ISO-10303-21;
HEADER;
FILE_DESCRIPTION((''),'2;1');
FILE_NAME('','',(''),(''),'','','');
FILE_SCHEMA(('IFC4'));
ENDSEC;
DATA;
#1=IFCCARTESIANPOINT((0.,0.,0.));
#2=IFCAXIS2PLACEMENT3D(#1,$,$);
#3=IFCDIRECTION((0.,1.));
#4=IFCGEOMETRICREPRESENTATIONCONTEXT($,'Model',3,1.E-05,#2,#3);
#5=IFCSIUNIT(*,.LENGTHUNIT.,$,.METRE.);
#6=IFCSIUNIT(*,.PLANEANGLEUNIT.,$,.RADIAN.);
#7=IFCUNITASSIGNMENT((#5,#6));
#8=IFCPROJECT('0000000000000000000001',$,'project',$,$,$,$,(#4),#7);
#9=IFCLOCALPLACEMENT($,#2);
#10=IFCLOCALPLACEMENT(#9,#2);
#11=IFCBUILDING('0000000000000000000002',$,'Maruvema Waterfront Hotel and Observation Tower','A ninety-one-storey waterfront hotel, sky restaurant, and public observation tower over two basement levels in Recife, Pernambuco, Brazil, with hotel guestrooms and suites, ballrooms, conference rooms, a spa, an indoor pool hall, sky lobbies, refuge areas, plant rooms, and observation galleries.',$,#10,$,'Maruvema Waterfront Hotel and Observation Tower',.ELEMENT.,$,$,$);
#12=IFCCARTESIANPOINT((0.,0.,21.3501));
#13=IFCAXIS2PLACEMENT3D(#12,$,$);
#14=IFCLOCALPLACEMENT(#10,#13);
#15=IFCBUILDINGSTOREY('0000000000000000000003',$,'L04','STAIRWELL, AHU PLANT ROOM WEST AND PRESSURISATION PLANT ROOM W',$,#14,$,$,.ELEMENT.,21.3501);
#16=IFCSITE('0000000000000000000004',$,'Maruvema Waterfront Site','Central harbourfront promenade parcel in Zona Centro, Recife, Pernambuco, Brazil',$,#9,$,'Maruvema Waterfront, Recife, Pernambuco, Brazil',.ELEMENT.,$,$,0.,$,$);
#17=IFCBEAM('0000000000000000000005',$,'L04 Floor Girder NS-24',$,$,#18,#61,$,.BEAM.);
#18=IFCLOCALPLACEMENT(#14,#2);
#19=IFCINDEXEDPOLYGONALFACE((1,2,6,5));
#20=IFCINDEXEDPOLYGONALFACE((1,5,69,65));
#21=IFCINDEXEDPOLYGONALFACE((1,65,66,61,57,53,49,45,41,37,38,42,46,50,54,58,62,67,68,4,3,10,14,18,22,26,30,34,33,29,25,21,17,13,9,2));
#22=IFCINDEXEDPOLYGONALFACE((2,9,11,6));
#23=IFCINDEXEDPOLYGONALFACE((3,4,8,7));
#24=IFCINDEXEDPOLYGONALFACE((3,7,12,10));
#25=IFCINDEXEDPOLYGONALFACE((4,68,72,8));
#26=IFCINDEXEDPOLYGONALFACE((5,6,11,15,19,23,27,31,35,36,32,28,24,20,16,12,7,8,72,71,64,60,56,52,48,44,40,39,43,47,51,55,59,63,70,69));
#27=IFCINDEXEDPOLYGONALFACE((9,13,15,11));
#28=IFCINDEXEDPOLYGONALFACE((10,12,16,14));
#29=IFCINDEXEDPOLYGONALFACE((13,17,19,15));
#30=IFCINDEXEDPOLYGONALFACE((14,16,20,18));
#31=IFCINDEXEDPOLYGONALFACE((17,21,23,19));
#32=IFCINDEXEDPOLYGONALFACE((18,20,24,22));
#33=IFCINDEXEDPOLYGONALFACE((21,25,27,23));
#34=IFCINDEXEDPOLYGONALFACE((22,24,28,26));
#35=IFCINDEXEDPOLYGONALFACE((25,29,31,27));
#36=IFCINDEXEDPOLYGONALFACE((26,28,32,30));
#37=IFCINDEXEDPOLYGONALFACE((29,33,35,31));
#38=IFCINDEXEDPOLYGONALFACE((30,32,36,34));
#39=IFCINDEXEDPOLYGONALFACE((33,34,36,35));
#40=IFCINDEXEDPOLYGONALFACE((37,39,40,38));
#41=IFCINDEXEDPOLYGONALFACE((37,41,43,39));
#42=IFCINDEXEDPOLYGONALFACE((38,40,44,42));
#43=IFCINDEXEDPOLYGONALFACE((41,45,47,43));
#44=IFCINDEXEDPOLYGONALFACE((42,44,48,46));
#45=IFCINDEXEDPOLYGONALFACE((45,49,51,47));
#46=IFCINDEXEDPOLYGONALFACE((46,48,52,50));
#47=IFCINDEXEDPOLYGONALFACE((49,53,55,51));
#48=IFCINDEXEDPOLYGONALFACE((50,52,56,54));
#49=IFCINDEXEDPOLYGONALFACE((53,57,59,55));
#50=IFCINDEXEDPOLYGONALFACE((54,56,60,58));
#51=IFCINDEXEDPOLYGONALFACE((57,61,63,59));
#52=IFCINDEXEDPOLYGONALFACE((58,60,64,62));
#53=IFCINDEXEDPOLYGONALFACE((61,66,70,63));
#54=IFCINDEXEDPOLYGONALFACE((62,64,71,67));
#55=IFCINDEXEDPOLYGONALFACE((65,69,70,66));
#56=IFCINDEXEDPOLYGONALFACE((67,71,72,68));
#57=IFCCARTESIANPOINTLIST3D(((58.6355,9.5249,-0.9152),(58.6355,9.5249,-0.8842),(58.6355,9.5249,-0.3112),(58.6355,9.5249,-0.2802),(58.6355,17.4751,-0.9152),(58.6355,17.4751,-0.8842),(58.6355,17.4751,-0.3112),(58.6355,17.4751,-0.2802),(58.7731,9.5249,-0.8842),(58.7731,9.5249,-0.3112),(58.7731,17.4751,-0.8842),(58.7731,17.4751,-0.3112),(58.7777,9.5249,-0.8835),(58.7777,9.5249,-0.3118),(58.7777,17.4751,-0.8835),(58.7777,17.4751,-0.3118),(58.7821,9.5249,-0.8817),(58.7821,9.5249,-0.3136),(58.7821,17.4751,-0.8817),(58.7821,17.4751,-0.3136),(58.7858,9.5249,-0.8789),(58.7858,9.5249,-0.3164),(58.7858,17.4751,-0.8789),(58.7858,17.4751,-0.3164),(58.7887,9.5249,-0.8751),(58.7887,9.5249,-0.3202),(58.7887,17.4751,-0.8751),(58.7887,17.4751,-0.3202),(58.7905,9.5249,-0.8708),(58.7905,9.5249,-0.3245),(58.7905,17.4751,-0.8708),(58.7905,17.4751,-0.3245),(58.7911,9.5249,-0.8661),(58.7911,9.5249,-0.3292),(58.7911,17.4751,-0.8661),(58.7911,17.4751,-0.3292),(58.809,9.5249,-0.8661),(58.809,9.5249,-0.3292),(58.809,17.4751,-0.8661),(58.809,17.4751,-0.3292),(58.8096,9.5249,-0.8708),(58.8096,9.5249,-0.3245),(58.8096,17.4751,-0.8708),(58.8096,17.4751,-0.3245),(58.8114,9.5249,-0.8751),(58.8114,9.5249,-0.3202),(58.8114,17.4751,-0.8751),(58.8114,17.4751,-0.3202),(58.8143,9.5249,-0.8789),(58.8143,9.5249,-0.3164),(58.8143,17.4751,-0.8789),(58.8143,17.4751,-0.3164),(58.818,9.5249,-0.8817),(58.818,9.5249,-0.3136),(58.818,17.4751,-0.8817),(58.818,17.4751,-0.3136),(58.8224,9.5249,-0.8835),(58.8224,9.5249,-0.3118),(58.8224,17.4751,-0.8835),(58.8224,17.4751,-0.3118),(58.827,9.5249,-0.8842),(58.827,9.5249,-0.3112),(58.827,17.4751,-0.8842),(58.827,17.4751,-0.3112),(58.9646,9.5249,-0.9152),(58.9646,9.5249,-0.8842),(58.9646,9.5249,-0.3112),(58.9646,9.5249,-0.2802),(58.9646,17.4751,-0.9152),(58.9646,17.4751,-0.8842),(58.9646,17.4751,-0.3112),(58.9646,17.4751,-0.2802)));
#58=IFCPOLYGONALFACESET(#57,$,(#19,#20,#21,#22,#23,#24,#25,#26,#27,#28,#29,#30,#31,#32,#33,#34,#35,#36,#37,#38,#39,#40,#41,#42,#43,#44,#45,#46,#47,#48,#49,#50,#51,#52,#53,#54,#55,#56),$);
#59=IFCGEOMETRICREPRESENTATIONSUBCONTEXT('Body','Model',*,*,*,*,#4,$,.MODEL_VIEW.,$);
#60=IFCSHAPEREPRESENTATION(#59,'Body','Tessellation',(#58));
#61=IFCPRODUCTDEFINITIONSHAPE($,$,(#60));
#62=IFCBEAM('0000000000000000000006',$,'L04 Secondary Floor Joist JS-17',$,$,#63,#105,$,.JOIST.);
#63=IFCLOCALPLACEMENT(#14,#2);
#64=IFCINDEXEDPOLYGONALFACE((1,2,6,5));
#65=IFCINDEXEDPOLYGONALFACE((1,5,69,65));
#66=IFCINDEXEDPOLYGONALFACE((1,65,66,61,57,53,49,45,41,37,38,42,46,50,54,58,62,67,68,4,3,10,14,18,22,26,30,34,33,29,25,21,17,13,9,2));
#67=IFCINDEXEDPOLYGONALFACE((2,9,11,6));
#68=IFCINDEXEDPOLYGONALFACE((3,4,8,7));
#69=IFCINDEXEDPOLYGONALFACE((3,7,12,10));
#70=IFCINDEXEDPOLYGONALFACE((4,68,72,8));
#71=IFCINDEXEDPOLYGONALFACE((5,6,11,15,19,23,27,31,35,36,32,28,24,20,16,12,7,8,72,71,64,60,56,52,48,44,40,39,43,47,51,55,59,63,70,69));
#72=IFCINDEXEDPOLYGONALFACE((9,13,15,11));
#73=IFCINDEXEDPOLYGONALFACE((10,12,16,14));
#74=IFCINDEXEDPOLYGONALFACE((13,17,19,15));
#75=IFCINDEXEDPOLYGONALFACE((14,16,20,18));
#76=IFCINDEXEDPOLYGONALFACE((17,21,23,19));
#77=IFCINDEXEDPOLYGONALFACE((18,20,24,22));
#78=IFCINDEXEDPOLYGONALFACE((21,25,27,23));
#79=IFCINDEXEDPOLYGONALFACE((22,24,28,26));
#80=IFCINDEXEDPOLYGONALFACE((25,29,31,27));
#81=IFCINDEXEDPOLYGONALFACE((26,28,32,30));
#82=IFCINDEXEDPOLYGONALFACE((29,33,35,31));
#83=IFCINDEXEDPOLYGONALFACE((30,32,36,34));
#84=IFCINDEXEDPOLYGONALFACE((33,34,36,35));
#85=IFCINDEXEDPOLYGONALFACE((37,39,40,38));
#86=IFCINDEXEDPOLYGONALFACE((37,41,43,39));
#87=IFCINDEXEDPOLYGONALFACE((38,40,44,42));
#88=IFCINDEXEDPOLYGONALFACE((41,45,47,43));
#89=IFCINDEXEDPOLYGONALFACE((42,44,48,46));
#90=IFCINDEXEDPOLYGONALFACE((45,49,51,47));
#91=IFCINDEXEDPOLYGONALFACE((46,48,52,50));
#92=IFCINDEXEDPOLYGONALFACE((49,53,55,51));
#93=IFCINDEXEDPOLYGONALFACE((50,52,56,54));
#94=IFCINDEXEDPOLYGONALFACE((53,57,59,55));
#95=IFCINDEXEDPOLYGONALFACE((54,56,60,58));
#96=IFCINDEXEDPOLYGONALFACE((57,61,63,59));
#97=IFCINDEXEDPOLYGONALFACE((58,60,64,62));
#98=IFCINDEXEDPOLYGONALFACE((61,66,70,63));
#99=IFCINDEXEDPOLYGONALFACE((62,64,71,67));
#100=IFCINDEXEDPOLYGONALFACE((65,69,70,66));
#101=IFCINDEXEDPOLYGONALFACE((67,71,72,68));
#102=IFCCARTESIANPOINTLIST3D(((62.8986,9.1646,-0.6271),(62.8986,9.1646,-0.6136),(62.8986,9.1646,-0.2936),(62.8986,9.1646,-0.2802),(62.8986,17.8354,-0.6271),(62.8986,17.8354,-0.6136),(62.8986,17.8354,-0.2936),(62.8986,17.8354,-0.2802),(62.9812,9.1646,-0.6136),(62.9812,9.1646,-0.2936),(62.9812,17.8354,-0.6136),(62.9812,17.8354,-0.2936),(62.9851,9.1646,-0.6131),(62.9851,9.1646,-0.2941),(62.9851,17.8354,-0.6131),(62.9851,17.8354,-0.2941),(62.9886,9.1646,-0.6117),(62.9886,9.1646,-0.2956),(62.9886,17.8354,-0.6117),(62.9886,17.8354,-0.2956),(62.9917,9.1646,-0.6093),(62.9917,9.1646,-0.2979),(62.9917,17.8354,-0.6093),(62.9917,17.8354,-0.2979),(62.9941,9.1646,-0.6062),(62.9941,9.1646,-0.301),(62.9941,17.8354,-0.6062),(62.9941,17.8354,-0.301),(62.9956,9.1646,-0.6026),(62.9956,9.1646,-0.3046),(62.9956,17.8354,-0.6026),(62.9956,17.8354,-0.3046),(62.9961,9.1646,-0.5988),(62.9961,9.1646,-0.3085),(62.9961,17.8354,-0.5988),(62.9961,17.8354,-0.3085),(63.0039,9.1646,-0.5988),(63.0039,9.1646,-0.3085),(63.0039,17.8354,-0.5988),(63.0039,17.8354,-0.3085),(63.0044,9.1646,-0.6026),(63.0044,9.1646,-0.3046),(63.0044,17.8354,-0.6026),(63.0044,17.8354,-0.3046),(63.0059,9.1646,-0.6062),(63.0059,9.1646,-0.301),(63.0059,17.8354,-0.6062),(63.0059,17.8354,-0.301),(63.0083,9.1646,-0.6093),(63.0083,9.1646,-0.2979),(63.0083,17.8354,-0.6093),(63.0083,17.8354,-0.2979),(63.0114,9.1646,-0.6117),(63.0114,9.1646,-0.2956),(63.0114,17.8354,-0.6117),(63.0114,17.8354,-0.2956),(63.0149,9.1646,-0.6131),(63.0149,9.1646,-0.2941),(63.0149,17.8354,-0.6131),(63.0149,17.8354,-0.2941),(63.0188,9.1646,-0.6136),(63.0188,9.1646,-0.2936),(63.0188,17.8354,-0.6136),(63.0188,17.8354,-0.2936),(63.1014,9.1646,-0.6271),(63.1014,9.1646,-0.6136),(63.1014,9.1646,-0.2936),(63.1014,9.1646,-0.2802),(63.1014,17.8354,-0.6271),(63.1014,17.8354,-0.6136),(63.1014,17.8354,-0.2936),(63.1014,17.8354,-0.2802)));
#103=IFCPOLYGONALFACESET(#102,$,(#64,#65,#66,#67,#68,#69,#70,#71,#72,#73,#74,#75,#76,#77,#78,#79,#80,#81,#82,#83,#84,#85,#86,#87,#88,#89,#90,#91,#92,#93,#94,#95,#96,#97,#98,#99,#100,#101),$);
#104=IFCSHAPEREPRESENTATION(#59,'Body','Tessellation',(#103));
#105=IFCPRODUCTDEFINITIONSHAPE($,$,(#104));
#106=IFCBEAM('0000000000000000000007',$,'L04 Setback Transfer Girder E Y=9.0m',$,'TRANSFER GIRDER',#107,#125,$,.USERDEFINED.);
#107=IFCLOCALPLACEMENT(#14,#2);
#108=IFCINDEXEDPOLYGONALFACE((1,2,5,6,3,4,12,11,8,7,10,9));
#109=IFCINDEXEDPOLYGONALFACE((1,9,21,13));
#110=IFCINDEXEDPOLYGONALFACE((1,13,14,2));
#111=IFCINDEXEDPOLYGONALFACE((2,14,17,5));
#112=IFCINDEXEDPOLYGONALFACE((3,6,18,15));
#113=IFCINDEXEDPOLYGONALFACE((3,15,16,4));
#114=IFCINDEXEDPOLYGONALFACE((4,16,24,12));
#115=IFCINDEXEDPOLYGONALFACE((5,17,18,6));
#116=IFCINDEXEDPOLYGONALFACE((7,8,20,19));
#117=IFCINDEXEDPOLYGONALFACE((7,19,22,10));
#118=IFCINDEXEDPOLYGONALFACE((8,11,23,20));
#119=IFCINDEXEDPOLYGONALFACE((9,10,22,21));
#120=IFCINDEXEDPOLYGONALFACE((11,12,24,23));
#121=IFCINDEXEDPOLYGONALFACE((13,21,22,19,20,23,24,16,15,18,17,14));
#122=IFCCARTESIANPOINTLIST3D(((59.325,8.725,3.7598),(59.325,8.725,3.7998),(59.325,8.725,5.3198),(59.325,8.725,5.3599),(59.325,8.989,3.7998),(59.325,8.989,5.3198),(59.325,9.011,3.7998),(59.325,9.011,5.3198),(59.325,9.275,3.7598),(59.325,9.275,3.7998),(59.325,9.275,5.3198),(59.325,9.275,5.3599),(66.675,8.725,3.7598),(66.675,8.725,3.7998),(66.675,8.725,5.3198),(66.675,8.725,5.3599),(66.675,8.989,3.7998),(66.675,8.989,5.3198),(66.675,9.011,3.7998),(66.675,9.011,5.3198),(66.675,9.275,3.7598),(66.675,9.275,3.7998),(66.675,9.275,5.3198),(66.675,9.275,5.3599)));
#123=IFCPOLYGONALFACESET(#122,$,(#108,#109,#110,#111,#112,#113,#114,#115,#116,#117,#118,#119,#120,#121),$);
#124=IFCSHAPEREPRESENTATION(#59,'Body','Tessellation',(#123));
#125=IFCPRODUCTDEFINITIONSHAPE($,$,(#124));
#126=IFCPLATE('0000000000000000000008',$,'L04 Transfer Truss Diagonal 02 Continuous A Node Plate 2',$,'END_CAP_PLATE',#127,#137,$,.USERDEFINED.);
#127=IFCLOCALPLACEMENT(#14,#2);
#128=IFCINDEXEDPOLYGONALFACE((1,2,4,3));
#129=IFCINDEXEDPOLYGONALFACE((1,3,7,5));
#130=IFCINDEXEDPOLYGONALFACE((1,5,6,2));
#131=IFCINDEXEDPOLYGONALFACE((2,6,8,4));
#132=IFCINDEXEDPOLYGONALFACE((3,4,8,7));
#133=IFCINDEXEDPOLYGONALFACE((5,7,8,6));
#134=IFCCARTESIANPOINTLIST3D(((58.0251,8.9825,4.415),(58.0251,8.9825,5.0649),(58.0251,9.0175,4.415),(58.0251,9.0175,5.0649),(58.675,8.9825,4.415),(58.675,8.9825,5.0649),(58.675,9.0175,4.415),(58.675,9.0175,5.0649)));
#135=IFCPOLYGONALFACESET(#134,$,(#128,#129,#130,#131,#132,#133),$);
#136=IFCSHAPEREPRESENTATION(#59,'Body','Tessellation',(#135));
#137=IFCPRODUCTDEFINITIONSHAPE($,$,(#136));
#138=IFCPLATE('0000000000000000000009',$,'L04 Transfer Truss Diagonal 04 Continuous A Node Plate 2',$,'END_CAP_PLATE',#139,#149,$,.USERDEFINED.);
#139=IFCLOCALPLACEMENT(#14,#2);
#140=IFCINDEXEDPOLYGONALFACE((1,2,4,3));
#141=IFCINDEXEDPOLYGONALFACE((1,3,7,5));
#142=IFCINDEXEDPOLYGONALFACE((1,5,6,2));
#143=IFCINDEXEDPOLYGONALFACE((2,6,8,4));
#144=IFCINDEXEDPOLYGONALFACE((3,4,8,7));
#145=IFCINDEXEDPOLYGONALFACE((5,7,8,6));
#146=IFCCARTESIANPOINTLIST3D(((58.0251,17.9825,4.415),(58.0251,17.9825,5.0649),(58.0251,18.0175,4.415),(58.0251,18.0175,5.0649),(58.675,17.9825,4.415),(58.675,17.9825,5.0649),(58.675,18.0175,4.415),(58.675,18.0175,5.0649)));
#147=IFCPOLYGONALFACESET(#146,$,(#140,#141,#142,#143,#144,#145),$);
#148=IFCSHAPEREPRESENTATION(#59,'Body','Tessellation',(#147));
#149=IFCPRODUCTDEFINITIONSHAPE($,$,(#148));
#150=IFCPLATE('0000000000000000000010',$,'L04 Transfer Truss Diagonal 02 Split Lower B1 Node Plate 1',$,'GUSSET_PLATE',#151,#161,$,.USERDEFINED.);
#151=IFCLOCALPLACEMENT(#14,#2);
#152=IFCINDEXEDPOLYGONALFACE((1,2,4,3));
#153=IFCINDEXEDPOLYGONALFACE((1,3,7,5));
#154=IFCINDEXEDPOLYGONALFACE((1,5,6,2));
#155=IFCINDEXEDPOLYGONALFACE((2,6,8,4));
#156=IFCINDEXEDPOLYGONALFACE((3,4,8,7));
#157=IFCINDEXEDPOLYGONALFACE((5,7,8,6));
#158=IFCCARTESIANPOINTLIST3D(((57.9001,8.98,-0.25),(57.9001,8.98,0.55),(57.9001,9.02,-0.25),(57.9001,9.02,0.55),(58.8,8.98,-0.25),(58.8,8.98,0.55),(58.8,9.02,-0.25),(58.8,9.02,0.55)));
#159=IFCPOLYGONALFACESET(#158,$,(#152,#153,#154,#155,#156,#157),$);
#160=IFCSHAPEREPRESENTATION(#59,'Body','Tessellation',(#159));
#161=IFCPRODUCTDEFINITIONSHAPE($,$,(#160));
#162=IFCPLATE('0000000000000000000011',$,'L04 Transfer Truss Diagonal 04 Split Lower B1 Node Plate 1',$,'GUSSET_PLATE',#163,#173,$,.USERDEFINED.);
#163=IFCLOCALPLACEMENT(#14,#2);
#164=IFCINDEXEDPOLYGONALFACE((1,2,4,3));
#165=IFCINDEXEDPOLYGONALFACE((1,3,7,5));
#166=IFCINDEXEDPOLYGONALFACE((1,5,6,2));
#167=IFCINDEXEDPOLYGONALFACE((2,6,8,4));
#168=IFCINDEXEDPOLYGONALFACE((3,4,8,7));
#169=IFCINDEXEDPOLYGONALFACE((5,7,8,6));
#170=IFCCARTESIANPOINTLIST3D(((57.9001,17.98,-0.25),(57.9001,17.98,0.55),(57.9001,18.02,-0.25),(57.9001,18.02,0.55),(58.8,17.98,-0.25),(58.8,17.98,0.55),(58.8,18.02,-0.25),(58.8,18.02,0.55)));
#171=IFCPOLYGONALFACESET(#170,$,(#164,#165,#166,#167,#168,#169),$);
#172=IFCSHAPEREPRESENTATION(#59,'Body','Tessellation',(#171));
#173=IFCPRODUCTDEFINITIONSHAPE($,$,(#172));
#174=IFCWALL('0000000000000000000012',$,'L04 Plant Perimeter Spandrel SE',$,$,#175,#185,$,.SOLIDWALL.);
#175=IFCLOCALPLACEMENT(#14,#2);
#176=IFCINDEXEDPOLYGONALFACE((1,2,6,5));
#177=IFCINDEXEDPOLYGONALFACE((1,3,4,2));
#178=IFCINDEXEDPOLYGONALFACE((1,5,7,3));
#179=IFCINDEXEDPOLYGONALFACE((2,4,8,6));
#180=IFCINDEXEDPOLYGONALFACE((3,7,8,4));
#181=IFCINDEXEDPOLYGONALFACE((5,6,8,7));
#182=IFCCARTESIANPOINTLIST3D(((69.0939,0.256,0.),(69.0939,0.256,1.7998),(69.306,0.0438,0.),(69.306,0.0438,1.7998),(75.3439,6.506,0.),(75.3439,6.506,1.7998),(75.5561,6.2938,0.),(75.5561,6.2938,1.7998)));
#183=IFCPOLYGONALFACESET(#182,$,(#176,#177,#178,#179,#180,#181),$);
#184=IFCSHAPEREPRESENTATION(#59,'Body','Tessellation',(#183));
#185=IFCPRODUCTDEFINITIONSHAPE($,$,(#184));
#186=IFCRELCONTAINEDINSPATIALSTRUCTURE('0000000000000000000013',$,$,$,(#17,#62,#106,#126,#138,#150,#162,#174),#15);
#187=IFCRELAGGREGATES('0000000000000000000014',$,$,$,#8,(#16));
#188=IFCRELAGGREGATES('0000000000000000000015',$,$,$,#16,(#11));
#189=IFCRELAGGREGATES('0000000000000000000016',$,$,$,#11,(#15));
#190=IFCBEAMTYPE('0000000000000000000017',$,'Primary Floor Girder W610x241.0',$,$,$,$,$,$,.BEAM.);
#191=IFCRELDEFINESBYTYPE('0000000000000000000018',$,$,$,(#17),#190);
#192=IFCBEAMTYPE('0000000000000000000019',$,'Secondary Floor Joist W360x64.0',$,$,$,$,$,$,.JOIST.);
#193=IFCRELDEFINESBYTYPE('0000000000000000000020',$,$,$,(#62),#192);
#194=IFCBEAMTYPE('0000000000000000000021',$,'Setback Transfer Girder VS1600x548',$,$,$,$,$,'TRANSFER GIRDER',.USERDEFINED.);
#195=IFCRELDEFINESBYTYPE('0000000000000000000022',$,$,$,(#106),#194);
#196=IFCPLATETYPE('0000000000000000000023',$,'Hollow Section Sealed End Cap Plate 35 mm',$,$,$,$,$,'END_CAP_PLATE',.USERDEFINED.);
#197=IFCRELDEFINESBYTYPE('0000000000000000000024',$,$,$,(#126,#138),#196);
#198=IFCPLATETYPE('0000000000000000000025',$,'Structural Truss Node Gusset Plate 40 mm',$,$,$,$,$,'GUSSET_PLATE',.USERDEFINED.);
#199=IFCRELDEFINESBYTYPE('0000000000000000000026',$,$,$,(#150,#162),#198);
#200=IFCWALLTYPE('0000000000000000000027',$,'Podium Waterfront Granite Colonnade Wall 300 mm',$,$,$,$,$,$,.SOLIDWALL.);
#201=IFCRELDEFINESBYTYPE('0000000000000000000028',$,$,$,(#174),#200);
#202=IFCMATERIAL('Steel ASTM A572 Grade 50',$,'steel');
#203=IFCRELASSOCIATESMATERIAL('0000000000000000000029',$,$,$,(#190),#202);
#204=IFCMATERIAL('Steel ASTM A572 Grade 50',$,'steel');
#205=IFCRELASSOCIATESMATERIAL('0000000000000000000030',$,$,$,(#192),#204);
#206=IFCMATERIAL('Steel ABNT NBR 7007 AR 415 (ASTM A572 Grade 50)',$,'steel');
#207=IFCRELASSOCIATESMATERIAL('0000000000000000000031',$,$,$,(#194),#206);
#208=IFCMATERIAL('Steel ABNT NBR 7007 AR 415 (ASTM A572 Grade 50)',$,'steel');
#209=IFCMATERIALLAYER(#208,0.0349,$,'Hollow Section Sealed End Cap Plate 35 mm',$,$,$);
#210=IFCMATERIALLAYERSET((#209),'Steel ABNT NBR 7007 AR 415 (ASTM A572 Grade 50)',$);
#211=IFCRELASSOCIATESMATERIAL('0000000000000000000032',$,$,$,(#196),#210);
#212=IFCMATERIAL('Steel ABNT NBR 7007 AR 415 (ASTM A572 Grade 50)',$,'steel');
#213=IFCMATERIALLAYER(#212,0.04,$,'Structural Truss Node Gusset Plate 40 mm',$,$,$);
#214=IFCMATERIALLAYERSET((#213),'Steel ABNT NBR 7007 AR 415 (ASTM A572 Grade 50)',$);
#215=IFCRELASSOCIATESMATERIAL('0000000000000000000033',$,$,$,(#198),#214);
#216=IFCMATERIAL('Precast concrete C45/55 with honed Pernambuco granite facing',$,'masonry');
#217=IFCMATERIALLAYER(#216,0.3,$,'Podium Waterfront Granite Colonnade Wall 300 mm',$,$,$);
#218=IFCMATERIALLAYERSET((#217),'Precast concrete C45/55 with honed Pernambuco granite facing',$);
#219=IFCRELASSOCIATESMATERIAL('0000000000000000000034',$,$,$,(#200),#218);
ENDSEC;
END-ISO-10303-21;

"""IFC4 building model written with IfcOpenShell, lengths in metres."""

from ifc_helpers import new_model, si_unit, direction, frame, frame_2d, origin, origin_2d, place, context, subcontext, project, spatial, rectangle, i_section, extrude, material, layer, layer_set, material_profile, profile_set, type_object, element, save


model = new_model("IFC4")

# Units and contexts
model_context = context("Model", 3, precision=1e-05, world=origin(), true_north=direction((0.0, 1.0)))
body_context = subcontext(model_context, "Body", "Model", "MODEL_VIEW")
ifc_project = project(units=[si_unit("LENGTHUNIT", "METRE"), si_unit("PLANEANGLEUNIT", "RADIAN")], contexts=[model_context])

# Site, building, storey
site_placement = place(None, origin())
site = spatial("IfcSite", under=ifc_project, at=site_placement, Name="Maruvema Waterfront Site", Description="Central harbourfront promenade parcel in Zona Centro, Recife, Pernambuco, Brazil", LongName="Maruvema Waterfront, Recife, Pernambuco, Brazil", CompositionType="ELEMENT", RefElevation=0.0)
building_placement = place(site_placement, origin())
building = spatial("IfcBuilding", under=site, at=building_placement, Name="Maruvema Waterfront Hotel and Observation Tower", Description="A ninety-one-storey waterfront hotel, sky restaurant, and public observation tower over two basement levels in Recife, Pernambuco, Brazil, with hotel guestrooms and suites, ballrooms, conference rooms, a spa, an indoor pool hall, sky lobbies, refuge areas, plant rooms, and observation galleries.", LongName="Maruvema Waterfront Hotel and Observation Tower", CompositionType="ELEMENT")
storey_placement = place(building_placement, frame((0.0, 0.0, 21.3501)))
storey = spatial("IfcBuildingStorey", under=building, at=storey_placement, Name="L04", Description="STAIRWELL, AHU PLANT ROOM WEST AND PRESSURISATION PLANT ROOM W", CompositionType="ELEMENT", Elevation=21.3501)

# Beams
ifc_material_1 = material(Name="Steel ASTM A572 Grade 50", Category="steel")
ifc_material_profile_1 = material_profile(ifc_material_1, i_section(OverallWidth=0.3291, OverallDepth=0.635, WebThickness=0.0178, FlangeThickness=0.031, FilletRadius=0.0181, at=origin_2d()), Name="W610x241.0")
ifc_profile_set_1 = profile_set([ifc_material_profile_1], Name="Steel ASTM A572 Grade 50")
beam_type_1 = type_object("IfcBeamType", Name="Primary Floor Girder W610x241.0", PredefinedType="BEAM", material=ifc_profile_set_1)
beam_1_placement = place(storey_placement, frame((58.8, 9.5249, -0.5977), z_axis=(0.0, 1.0, 0.0), x_axis=(-1.0, 0.0, 0.0)))
element("IfcBeam", 1, at=beam_1_placement, inside=storey, type_object=beam_type_1, Name="L04 Floor Girder NS-24", PredefinedType="BEAM", context=body_context, shape_type="SweptSolid", body=[
    extrude(i_section(OverallWidth=0.3291, OverallDepth=0.635, WebThickness=0.0178, FlangeThickness=0.031, FilletRadius=0.0181, at=origin_2d()), origin(), (0.0, 0.0, 1.0), 7.9502),
])
ifc_material_2 = material(Name="Steel ASTM A572 Grade 50", Category="steel")
ifc_material_profile_2 = material_profile(ifc_material_2, i_section(OverallWidth=0.2029, OverallDepth=0.3469, WebThickness=0.0078, FlangeThickness=0.0134, FilletRadius=0.0149, at=origin_2d()), Name="W360x64.0")
ifc_profile_set_2 = profile_set([ifc_material_profile_2], Name="Steel ASTM A572 Grade 50")
beam_type_2 = type_object("IfcBeamType", Name="Secondary Floor Joist W360x64.0", PredefinedType="JOIST", material=ifc_profile_set_2)
beam_2_placement = place(storey_placement, frame((63.0, 9.1646, -0.4536), z_axis=(0.0, 1.0, 0.0), x_axis=(-1.0, 0.0, 0.0)))
element("IfcBeam", 2, at=beam_2_placement, inside=storey, type_object=beam_type_2, Name="L04 Secondary Floor Joist JS-17", PredefinedType="JOIST", context=body_context, shape_type="SweptSolid", body=[
    extrude(i_section(OverallWidth=0.2029, OverallDepth=0.3469, WebThickness=0.0078, FlangeThickness=0.0134, FilletRadius=0.0149, at=origin_2d()), origin(), (0.0, 0.0, 1.0), 8.6709),
])
ifc_material_3 = material(Name="Steel ABNT NBR 7007 AR 415 (ASTM A572 Grade 50)", Category="steel")
ifc_material_profile_3 = material_profile(ifc_material_3, i_section(OverallWidth=0.55, OverallDepth=1.6001, WebThickness=0.022, FlangeThickness=0.04, at=origin_2d()), Name="VS1600x548")
ifc_profile_set_3 = profile_set([ifc_material_profile_3], Name="Steel ABNT NBR 7007 AR 415 (ASTM A572 Grade 50)")
beam_type_3 = type_object("IfcBeamType", Name="Setback Transfer Girder VS1600x548", ElementType="TRANSFER GIRDER", PredefinedType="USERDEFINED", material=ifc_profile_set_3)
beam_3_placement = place(storey_placement, frame((59.325, 9.0, 4.5598), z_axis=(1.0, 0.0, 0.0), x_axis=(0.0, 1.0, 0.0)))
element("IfcBeam", 3, at=beam_3_placement, inside=storey, type_object=beam_type_3, Name="L04 Setback Transfer Girder E Y=9.0m", ObjectType="TRANSFER GIRDER", PredefinedType="USERDEFINED", context=body_context, shape_type="SweptSolid", body=[
    extrude(i_section(OverallWidth=0.55, OverallDepth=1.6001, WebThickness=0.022, FlangeThickness=0.04, at=origin_2d()), origin(), (0.0, 0.0, 1.0), 7.3501),
])

# Plates
ifc_material_4 = material(Name="Steel ABNT NBR 7007 AR 415 (ASTM A572 Grade 50)", Category="steel")
ifc_layer_1 = layer(ifc_material_4, 0.0349, Name="Hollow Section Sealed End Cap Plate 35 mm")
ifc_layer_set_1 = layer_set([ifc_layer_1], Name="Steel ABNT NBR 7007 AR 415 (ASTM A572 Grade 50)")
plate_type_1 = type_object("IfcPlateType", Name="Hollow Section Sealed End Cap Plate 35 mm", ElementType="END_CAP_PLATE", PredefinedType="USERDEFINED", material=ifc_layer_set_1)
for number, where, z_axis, x_axis, name in (
    (4, (58.3501, 9.0, 4.415), (0.0, 0.0, 1.0), (1.0, 0.0, 0.0), "L04 Transfer Truss Diagonal 02 Continuous A Node Plate 2"),
    (5, (58.3501, 18.0, 4.415), (0.0, 0.0, 1.0), (1.0, 0.0, 0.0), "L04 Transfer Truss Diagonal 04 Continuous A Node Plate 2"),
):
    element("IfcPlate", number, at=place(storey_placement, frame(where, z_axis=z_axis, x_axis=x_axis)), inside=storey, type_object=plate_type_1, Name=name, ObjectType="END_CAP_PLATE", PredefinedType="USERDEFINED", context=body_context, shape_type="SweptSolid", body=[
        extrude(rectangle(XDim=0.6499, YDim=0.0349, at=origin_2d()), origin(), (0.0, 0.0, 1.0), 0.6499),
    ])
ifc_material_5 = material(Name="Steel ABNT NBR 7007 AR 415 (ASTM A572 Grade 50)", Category="steel")
ifc_layer_2 = layer(ifc_material_5, 0.04, Name="Structural Truss Node Gusset Plate 40 mm")
ifc_layer_set_2 = layer_set([ifc_layer_2], Name="Steel ABNT NBR 7007 AR 415 (ASTM A572 Grade 50)")
plate_type_2 = type_object("IfcPlateType", Name="Structural Truss Node Gusset Plate 40 mm", ElementType="GUSSET_PLATE", PredefinedType="USERDEFINED", material=ifc_layer_set_2)
for number, where, z_axis, x_axis, name in (
    (6, (58.3501, 9.0, -0.25), (0.0, 0.0, 1.0), (-1.0, 0.0, 0.0), "L04 Transfer Truss Diagonal 02 Split Lower B1 Node Plate 1"),
    (7, (58.3501, 18.0, -0.25), (0.0, 0.0, 1.0), (-1.0, 0.0, 0.0), "L04 Transfer Truss Diagonal 04 Split Lower B1 Node Plate 1"),
):
    element("IfcPlate", number, at=place(storey_placement, frame(where, z_axis=z_axis, x_axis=x_axis)), inside=storey, type_object=plate_type_2, Name=name, ObjectType="GUSSET_PLATE", PredefinedType="USERDEFINED", context=body_context, shape_type="SweptSolid", body=[
        extrude(rectangle(XDim=0.8999, YDim=0.04, at=origin_2d()), origin(), (0.0, 0.0, 1.0), 0.8),
    ])

# Wall
ifc_material_6 = material(Name="Precast concrete C45/55 with honed Pernambuco granite facing", Category="masonry")
ifc_layer_3 = layer(ifc_material_6, 0.3, Name="Podium Waterfront Granite Colonnade Wall 300 mm")
ifc_layer_set_3 = layer_set([ifc_layer_3], Name="Precast concrete C45/55 with honed Pernambuco granite facing")
wall_type = type_object("IfcWallType", Name="Podium Waterfront Granite Colonnade Wall 300 mm", PredefinedType="SOLIDWALL", material=ifc_layer_set_3)
wall_1_placement = place(storey_placement, frame((69.2, 0.1499, 0.0), z_axis=(0.0, 0.0, 1.0), x_axis=(0.707107, 0.707107, 0.0)))
element("IfcWall", 8, at=wall_1_placement, inside=storey, type_object=wall_type, Name="L04 Plant Perimeter Spandrel SE", PredefinedType="SOLIDWALL", context=body_context, shape_type="SweptSolid", body=[
    extrude(rectangle(XDim=8.8389, YDim=0.3, at=frame_2d((4.4194, 0.0))), origin(), (0.0, 0.0, 1.0), 1.7998),
])

save(model, "model.ifc")
